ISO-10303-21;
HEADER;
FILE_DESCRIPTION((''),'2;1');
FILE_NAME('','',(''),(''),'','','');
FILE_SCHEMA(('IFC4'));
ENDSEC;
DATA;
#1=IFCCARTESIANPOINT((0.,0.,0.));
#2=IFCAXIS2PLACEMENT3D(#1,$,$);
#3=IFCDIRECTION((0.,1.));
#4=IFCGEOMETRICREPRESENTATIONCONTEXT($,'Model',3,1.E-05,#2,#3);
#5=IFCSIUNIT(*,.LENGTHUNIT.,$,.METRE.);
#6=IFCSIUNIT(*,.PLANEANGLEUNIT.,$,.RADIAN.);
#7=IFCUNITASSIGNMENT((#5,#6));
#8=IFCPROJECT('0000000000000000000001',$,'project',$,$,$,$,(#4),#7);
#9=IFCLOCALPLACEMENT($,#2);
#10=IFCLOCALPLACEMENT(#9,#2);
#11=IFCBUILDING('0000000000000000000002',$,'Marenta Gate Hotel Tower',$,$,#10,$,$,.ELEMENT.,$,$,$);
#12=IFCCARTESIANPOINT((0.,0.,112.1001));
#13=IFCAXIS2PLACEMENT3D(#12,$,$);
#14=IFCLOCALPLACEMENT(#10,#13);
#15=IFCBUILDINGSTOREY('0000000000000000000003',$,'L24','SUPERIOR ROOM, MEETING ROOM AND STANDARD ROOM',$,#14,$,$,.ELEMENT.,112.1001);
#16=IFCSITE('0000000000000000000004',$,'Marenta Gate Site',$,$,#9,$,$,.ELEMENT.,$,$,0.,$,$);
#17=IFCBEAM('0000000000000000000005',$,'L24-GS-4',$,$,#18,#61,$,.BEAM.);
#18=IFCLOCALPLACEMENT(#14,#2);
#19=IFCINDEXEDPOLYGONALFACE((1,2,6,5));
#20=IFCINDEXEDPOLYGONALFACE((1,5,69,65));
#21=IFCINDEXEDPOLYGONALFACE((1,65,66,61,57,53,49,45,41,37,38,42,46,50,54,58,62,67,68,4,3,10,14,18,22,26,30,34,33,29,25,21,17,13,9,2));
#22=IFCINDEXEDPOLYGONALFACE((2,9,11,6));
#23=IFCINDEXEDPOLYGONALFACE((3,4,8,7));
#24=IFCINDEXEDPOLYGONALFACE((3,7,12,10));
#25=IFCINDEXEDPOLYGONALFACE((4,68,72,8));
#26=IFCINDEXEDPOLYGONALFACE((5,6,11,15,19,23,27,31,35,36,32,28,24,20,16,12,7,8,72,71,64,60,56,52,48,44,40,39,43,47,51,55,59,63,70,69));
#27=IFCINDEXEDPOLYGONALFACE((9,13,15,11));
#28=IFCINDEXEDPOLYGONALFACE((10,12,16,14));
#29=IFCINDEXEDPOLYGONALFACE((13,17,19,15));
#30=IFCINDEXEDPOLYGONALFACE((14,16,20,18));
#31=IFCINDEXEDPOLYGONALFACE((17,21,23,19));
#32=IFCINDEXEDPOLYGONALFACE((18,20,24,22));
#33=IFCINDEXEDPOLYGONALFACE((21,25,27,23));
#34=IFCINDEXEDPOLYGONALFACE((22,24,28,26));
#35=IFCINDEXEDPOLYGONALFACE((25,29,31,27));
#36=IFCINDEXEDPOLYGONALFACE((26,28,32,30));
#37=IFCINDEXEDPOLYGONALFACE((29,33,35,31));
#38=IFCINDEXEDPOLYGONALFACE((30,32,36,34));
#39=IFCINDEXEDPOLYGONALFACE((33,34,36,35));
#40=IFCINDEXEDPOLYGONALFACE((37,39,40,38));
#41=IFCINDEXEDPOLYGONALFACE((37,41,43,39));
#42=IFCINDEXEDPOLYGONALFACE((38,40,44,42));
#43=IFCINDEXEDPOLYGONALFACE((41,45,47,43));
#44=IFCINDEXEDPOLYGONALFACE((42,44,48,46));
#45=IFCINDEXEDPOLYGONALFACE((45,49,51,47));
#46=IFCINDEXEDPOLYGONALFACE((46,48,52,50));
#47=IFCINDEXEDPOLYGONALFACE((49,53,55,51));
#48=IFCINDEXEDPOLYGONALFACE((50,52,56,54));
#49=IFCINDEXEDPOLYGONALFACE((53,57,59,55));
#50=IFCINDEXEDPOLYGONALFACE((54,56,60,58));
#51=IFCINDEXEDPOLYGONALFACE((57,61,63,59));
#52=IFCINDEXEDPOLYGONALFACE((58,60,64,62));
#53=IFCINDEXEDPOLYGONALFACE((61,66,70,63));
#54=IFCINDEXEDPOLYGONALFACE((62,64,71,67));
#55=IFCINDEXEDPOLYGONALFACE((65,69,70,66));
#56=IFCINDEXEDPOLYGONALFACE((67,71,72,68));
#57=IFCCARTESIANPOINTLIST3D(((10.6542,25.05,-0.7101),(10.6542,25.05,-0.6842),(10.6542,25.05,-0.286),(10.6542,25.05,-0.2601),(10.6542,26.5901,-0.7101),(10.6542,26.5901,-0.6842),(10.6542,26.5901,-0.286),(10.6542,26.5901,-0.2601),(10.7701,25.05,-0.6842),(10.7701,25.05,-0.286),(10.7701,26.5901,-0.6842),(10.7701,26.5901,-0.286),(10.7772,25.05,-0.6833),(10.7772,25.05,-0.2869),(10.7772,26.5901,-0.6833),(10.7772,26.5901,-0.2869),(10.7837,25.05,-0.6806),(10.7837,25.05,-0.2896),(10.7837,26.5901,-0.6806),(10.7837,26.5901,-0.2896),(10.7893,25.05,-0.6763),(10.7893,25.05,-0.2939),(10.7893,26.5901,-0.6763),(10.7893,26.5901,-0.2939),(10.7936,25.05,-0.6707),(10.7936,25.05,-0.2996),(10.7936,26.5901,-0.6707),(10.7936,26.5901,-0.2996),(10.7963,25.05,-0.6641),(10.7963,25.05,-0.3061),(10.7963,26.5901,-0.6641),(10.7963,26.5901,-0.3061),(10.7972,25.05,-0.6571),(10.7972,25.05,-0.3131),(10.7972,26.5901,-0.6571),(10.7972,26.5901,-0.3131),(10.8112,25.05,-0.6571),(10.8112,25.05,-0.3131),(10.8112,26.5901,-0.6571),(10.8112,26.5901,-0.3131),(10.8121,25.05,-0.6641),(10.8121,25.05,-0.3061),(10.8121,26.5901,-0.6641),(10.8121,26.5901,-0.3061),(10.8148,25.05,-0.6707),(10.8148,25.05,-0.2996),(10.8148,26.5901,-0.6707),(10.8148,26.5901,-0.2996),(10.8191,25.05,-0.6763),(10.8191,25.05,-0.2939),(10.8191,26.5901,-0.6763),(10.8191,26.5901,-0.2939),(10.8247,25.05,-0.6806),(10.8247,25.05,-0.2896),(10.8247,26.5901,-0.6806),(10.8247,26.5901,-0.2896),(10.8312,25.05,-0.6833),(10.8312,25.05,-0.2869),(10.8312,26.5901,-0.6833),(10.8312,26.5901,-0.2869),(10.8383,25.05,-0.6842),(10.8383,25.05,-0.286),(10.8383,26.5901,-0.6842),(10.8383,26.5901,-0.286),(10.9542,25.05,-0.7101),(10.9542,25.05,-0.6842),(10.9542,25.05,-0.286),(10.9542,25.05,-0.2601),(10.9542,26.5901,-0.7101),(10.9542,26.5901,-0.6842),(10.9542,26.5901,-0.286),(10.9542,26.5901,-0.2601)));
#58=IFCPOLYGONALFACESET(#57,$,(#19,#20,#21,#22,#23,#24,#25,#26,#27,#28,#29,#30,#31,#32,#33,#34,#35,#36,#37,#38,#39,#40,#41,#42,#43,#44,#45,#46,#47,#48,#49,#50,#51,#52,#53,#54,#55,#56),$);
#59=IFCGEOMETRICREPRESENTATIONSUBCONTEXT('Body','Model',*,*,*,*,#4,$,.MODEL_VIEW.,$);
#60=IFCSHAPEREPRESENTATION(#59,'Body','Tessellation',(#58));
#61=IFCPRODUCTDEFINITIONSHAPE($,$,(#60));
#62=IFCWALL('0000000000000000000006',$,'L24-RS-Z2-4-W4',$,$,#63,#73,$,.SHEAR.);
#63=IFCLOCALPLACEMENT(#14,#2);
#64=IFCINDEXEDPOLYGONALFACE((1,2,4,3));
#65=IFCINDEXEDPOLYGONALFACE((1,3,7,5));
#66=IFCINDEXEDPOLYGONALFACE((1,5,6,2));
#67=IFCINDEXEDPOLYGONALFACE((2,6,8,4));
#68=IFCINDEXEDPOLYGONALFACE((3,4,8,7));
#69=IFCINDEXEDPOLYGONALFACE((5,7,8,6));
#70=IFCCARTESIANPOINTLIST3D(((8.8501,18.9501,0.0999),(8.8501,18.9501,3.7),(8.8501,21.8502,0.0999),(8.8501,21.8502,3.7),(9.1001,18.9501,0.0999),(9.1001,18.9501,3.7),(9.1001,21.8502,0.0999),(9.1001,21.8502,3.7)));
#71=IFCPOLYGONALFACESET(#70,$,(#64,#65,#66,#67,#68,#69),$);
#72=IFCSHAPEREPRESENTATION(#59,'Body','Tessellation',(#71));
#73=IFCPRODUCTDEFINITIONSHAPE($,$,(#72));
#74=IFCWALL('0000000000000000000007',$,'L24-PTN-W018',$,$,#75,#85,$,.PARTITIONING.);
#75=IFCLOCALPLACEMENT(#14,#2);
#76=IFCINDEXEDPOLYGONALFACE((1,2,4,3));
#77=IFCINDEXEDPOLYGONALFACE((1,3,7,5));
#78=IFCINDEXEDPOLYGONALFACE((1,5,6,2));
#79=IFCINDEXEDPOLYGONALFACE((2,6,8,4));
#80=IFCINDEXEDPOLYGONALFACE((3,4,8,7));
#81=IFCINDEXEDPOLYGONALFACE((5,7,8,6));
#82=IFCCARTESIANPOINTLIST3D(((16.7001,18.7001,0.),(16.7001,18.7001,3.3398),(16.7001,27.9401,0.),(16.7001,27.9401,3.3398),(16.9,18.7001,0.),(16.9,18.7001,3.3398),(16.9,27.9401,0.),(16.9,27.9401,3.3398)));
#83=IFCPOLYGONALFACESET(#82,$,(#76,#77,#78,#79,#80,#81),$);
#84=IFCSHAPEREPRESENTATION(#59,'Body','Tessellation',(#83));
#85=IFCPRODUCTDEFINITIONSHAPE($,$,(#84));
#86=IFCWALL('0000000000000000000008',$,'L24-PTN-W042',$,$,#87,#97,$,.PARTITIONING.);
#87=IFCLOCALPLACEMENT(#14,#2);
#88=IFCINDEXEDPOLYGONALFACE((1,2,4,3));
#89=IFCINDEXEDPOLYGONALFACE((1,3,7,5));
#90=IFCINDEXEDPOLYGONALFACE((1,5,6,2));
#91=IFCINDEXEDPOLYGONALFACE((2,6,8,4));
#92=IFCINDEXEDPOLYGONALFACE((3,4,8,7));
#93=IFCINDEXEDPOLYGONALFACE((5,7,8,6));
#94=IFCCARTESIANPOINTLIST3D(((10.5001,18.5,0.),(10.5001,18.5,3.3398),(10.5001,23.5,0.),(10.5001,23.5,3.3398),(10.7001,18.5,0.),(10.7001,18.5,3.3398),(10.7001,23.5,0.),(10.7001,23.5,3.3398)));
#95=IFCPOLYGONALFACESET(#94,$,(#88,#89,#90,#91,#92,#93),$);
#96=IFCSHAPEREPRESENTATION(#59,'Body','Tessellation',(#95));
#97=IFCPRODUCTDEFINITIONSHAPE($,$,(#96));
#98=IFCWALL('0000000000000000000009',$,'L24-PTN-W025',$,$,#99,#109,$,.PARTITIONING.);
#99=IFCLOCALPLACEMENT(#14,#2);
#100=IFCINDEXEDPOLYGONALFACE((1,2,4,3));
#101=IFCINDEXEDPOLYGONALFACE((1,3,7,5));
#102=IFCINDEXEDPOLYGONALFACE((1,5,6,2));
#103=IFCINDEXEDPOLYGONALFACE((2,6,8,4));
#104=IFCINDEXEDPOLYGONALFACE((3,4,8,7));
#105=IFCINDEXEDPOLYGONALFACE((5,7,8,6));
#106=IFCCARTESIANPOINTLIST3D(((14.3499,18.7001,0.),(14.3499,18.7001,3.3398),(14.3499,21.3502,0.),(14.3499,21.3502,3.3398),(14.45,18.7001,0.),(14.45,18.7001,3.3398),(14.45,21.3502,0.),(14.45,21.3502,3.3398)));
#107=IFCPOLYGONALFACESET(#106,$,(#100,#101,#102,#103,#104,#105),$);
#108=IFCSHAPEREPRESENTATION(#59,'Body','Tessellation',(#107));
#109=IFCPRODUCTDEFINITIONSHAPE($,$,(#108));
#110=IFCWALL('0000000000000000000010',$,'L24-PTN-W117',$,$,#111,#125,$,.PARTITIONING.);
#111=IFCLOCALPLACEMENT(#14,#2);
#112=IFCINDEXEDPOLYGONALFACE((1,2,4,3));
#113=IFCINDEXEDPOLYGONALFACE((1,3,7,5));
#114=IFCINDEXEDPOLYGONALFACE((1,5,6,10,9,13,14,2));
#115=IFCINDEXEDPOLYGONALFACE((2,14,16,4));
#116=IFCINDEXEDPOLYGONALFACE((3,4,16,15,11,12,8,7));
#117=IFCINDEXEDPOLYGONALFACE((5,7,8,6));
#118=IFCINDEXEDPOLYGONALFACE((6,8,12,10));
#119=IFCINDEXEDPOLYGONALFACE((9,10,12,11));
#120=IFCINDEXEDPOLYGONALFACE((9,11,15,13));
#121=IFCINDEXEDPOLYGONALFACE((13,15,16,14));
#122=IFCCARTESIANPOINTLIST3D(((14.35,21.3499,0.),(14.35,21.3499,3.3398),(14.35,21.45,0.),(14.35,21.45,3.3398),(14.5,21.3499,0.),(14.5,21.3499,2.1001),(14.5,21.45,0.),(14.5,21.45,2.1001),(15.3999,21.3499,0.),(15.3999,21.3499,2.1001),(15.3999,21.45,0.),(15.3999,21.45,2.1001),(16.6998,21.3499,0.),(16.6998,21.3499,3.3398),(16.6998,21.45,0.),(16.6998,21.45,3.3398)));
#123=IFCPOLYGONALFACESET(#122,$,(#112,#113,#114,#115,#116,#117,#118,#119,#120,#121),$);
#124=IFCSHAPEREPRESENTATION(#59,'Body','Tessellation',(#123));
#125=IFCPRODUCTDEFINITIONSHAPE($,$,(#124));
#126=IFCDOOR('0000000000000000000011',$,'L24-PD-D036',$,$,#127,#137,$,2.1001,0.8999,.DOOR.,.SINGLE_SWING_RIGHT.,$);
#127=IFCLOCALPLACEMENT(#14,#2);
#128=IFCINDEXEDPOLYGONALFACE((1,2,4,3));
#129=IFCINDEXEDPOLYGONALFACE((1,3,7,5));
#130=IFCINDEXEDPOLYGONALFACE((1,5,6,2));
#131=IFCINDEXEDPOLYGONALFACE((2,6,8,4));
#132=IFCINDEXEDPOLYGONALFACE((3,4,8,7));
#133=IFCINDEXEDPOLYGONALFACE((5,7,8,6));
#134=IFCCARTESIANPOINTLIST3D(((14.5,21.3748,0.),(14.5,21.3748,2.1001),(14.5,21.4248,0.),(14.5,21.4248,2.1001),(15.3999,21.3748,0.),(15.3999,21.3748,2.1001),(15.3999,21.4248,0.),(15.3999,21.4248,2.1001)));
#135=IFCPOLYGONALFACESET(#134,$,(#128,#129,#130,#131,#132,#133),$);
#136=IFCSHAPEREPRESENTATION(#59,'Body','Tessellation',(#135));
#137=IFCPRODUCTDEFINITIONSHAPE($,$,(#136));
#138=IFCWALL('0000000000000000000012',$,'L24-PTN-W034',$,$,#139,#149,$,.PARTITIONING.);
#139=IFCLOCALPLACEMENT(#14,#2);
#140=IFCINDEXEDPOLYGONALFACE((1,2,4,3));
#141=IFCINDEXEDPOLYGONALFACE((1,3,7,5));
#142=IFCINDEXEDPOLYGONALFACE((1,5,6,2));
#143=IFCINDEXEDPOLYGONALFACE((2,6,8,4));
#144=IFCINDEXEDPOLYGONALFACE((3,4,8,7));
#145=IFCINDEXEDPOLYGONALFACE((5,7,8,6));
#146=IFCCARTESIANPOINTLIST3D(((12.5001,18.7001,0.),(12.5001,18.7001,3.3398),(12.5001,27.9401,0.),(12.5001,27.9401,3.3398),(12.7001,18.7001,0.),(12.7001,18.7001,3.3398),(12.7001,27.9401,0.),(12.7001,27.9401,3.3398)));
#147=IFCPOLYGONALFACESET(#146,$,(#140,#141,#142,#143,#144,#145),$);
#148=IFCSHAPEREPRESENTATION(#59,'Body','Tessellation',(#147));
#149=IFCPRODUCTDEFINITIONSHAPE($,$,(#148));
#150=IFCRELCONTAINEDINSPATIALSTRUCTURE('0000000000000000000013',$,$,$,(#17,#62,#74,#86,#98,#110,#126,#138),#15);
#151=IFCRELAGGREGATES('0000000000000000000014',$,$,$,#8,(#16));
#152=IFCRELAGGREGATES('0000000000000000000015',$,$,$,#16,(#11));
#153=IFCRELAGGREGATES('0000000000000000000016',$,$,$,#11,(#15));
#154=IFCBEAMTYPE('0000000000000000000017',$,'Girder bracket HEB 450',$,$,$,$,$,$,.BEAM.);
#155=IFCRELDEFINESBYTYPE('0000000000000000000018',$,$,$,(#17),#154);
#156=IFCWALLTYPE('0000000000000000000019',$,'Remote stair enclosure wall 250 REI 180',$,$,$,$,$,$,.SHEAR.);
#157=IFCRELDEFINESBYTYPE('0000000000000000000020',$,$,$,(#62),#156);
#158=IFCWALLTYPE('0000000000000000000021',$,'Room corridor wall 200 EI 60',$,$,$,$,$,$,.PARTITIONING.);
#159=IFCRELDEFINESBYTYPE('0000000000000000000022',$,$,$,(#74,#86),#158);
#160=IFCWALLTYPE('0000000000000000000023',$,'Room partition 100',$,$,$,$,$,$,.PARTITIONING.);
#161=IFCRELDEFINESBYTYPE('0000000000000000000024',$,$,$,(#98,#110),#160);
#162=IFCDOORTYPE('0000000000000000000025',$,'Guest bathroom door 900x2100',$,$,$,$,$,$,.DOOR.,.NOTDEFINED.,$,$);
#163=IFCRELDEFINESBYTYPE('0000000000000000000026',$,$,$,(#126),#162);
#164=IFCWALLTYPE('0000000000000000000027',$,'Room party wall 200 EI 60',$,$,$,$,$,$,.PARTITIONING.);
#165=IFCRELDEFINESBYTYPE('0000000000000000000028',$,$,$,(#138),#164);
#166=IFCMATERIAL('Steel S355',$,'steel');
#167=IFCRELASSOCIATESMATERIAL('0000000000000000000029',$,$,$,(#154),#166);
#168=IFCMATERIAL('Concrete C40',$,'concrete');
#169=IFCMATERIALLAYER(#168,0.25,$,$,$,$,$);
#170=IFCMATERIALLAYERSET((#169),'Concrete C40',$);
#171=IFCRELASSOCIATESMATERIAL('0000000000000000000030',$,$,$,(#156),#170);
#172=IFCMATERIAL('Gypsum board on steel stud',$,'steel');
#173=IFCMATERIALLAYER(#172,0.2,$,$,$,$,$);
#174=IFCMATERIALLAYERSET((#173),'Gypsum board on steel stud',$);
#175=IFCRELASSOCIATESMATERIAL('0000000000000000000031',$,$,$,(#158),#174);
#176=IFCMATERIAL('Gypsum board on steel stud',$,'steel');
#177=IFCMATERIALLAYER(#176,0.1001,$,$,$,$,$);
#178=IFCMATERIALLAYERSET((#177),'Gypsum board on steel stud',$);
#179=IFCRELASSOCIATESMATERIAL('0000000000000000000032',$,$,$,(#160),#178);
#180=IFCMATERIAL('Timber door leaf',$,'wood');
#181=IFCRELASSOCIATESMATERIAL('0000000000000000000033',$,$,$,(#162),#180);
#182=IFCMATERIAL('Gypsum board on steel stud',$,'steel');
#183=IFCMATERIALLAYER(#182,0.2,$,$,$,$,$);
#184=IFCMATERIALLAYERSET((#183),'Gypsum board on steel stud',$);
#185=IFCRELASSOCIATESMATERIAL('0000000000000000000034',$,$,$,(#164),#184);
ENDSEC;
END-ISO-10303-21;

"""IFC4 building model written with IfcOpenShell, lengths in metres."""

from ifc_helpers import new_model, si_unit, direction, frame, frame_2d, origin, origin_2d, place, context, subcontext, project, spatial, rectangle, i_section, extrude, material, layer, layer_set, material_profile, profile_set, type_object, element, fill, save


model = new_model("IFC4")

# Units and contexts
model_context = context("Model", 3, precision=1e-05, world=origin(), true_north=direction((0.0, 1.0)))
body_context = subcontext(model_context, "Body", "Model", "MODEL_VIEW")
ifc_project = project(units=[si_unit("LENGTHUNIT", "METRE"), si_unit("PLANEANGLEUNIT", "RADIAN")], contexts=[model_context])

# Site, building, storey
site_placement = place(None, origin())
site = spatial("IfcSite", under=ifc_project, at=site_placement, Name="Marenta Gate Site", CompositionType="ELEMENT", RefElevation=0.0)
building_placement = place(site_placement, origin())
building = spatial("IfcBuilding", under=site, at=building_placement, Name="Marenta Gate Hotel Tower", CompositionType="ELEMENT")
storey_placement = place(building_placement, frame((0.0, 0.0, 112.1001)))
storey = spatial("IfcBuildingStorey", under=building, at=storey_placement, Name="L24", Description="SUPERIOR ROOM, MEETING ROOM AND STANDARD ROOM", CompositionType="ELEMENT", Elevation=112.1001)

# Beam
ifc_material_1 = material(Name="Steel S355", Category="steel")
ifc_material_profile_1 = material_profile(ifc_material_1, i_section(OverallWidth=0.3, OverallDepth=0.45, WebThickness=0.0139, FlangeThickness=0.0259, FilletRadius=0.0271, at=origin_2d()), Name="HEB 450")
ifc_profile_set_1 = profile_set([ifc_material_profile_1], Name="Steel S355")
beam_type_1 = type_object("IfcBeamType", Name="Girder bracket HEB 450", PredefinedType="BEAM", material=ifc_profile_set_1)
beam_1_placement = place(storey_placement, frame((10.8042, 25.05, -0.4851), z_axis=(0.0, 1.0, 0.0), x_axis=(-1.0, 0.0, 0.0)))
element("IfcBeam", 1, at=beam_1_placement, inside=storey, type_object=beam_type_1, Name="L24-GS-4", PredefinedType="BEAM", context=body_context, shape_type="SweptSolid", body=[
    extrude(i_section(OverallWidth=0.3, OverallDepth=0.45, WebThickness=0.0139, FlangeThickness=0.0259, FilletRadius=0.0271, at=origin_2d()), origin(), (0.0, 0.0, 1.0), 1.54),
])

# Walls
ifc_material_2 = material(Name="Concrete C40", Category="concrete")
ifc_layer_1 = layer(ifc_material_2, 0.25)
ifc_layer_set_1 = layer_set([ifc_layer_1], Name="Concrete C40")
wall_type_1 = type_object("IfcWallType", Name="Remote stair enclosure wall 250 REI 180", PredefinedType="SHEAR", material=ifc_layer_set_1)
wall_1_placement = place(storey_placement, frame((8.9751, 18.95, 0.0999), z_axis=(0.0, 0.0, 1.0), x_axis=(0.0, 1.0, 0.0)))
element("IfcWall", 2, at=wall_1_placement, inside=storey, type_object=wall_type_1, Name="L24-RS-Z2-4-W4", PredefinedType="SHEAR", context=body_context, shape_type="SweptSolid", body=[
    extrude(rectangle(XDim=2.9001, YDim=0.25, at=frame_2d((1.4502, 0.0))), origin(), (0.0, 0.0, 1.0), 3.6001),
])
ifc_material_3 = material(Name="Gypsum board on steel stud", Category="steel")
ifc_layer_2 = layer(ifc_material_3, 0.2)
ifc_layer_set_2 = layer_set([ifc_layer_2], Name="Gypsum board on steel stud")
wall_type_2 = type_object("IfcWallType", Name="Room corridor wall 200 EI 60", PredefinedType="PARTITIONING", material=ifc_layer_set_2)
wall_2_placement = place(storey_placement, frame((16.8, 18.7, 0.0), z_axis=(0.0, 0.0, 1.0), x_axis=(0.0, 1.0, 0.0)))
element("IfcWall", 3, at=wall_2_placement, inside=storey, type_object=wall_type_2, Name="L24-PTN-W018", PredefinedType="PARTITIONING", context=body_context, shape_type="SweptSolid", body=[
    extrude(rectangle(XDim=9.24, YDim=0.2, at=frame_2d((4.6201, 0.0))), origin(), (0.0, 0.0, 1.0), 3.3398),
])
wall_3_placement = place(storey_placement, frame((10.6001, 18.5, 0.0), z_axis=(0.0, 0.0, 1.0), x_axis=(0.0, 1.0, 0.0)))
element("IfcWall", 4, at=wall_3_placement, inside=storey, type_object=wall_type_2, Name="L24-PTN-W042", PredefinedType="PARTITIONING", context=body_context, shape_type="SweptSolid", body=[
    extrude(rectangle(XDim=5.0, YDim=0.2, at=frame_2d((2.5, 0.0))), origin(), (0.0, 0.0, 1.0), 3.3398),
])

# Wall
ifc_material_4 = material(Name="Gypsum board on steel stud", Category="steel")
ifc_layer_3 = layer(ifc_material_4, 0.1001)
ifc_layer_set_3 = layer_set([ifc_layer_3], Name="Gypsum board on steel stud")
wall_type_3 = type_object("IfcWallType", Name="Room partition 100", PredefinedType="PARTITIONING", material=ifc_layer_set_3)
wall_4_placement = place(storey_placement, frame((14.3999, 18.7, 0.0), z_axis=(0.0, 0.0, 1.0), x_axis=(0.0, 1.0, 0.0)))
element("IfcWall", 5, at=wall_4_placement, inside=storey, type_object=wall_type_3, Name="L24-PTN-W025", PredefinedType="PARTITIONING", context=body_context, shape_type="SweptSolid", body=[
    extrude(rectangle(XDim=2.6501, YDim=0.1001, at=frame_2d((1.3252, 0.0))), origin(), (0.0, 0.0, 1.0), 3.3398),
])

# Wall, opening, door
wall_5_placement = place(storey_placement, frame((14.3501, 21.3999, 0.0), z_axis=(0.0, 0.0, 1.0), x_axis=(1.0, 0.0, 0.0)))
wall_5 = element("IfcWall", 6, at=wall_5_placement, inside=storey, type_object=wall_type_3, Name="L24-PTN-W117", PredefinedType="PARTITIONING", context=body_context, shape_type="SweptSolid", body=[
    extrude(rectangle(XDim=2.3499, YDim=0.1001, at=frame_2d((1.1748, 0.0))), origin(), (0.0, 0.0, 1.0), 3.3398),
])
opening_1_placement = place(wall_5_placement, frame((0.1499, 0.0, 0.0)))
opening_1 = element("IfcOpeningElement", 7, at=opening_1_placement, cuts=wall_5, PredefinedType="OPENING", context=body_context, shape_type="SweptSolid", body=[
    extrude(rectangle(XDim=0.8999, YDim=2.1001, at=frame_2d((0.45, 1.05))), frame((0.0, 0.05, 0.0), z_axis=(0.0, -1.0, 0.0), x_axis=(1.0, 0.0, 0.0)), (0.0, 0.0, 1.0), 0.1001),
])
ifc_material_5 = material(Name="Timber door leaf", Category="wood")
door_type_1 = type_object("IfcDoorType", Name="Guest bathroom door 900x2100", OperationType="NOTDEFINED", PredefinedType="DOOR", material=ifc_material_5)
door_1_placement = place(opening_1_placement, origin())
door_1 = element("IfcDoor", 8, at=door_1_placement, inside=storey, type_object=door_type_1, Name="L24-PD-D036", OperationType="SINGLE_SWING_RIGHT", OverallHeight=2.1001, OverallWidth=0.8999, PredefinedType="DOOR", context=body_context, shape_type="SweptSolid", body=[
    extrude(rectangle(XDim=0.8999, YDim=2.1001, at=frame_2d((0.45, 1.05))), frame((0.0, 0.0249, 0.0), z_axis=(0.0, -1.0, 0.0), x_axis=(1.0, 0.0, 0.0)), (0.0, 0.0, 1.0), 0.05),
])
fill(opening_1, door_1)

# Wall
ifc_material_6 = material(Name="Gypsum board on steel stud", Category="steel")
ifc_layer_4 = layer(ifc_material_6, 0.2)
ifc_layer_set_4 = layer_set([ifc_layer_4], Name="Gypsum board on steel stud")
wall_type_4 = type_object("IfcWallType", Name="Room party wall 200 EI 60", PredefinedType="PARTITIONING", material=ifc_layer_set_4)
wall_6_placement = place(storey_placement, frame((12.6001, 18.7, 0.0), z_axis=(0.0, 0.0, 1.0), x_axis=(0.0, 1.0, 0.0)))
element("IfcWall", 9, at=wall_6_placement, inside=storey, type_object=wall_type_4, Name="L24-PTN-W034", PredefinedType="PARTITIONING", context=body_context, shape_type="SweptSolid", body=[
    extrude(rectangle(XDim=9.24, YDim=0.2, at=frame_2d((4.6201, 0.0))), origin(), (0.0, 0.0, 1.0), 3.3398),
])

save(model, "model.ifc")
